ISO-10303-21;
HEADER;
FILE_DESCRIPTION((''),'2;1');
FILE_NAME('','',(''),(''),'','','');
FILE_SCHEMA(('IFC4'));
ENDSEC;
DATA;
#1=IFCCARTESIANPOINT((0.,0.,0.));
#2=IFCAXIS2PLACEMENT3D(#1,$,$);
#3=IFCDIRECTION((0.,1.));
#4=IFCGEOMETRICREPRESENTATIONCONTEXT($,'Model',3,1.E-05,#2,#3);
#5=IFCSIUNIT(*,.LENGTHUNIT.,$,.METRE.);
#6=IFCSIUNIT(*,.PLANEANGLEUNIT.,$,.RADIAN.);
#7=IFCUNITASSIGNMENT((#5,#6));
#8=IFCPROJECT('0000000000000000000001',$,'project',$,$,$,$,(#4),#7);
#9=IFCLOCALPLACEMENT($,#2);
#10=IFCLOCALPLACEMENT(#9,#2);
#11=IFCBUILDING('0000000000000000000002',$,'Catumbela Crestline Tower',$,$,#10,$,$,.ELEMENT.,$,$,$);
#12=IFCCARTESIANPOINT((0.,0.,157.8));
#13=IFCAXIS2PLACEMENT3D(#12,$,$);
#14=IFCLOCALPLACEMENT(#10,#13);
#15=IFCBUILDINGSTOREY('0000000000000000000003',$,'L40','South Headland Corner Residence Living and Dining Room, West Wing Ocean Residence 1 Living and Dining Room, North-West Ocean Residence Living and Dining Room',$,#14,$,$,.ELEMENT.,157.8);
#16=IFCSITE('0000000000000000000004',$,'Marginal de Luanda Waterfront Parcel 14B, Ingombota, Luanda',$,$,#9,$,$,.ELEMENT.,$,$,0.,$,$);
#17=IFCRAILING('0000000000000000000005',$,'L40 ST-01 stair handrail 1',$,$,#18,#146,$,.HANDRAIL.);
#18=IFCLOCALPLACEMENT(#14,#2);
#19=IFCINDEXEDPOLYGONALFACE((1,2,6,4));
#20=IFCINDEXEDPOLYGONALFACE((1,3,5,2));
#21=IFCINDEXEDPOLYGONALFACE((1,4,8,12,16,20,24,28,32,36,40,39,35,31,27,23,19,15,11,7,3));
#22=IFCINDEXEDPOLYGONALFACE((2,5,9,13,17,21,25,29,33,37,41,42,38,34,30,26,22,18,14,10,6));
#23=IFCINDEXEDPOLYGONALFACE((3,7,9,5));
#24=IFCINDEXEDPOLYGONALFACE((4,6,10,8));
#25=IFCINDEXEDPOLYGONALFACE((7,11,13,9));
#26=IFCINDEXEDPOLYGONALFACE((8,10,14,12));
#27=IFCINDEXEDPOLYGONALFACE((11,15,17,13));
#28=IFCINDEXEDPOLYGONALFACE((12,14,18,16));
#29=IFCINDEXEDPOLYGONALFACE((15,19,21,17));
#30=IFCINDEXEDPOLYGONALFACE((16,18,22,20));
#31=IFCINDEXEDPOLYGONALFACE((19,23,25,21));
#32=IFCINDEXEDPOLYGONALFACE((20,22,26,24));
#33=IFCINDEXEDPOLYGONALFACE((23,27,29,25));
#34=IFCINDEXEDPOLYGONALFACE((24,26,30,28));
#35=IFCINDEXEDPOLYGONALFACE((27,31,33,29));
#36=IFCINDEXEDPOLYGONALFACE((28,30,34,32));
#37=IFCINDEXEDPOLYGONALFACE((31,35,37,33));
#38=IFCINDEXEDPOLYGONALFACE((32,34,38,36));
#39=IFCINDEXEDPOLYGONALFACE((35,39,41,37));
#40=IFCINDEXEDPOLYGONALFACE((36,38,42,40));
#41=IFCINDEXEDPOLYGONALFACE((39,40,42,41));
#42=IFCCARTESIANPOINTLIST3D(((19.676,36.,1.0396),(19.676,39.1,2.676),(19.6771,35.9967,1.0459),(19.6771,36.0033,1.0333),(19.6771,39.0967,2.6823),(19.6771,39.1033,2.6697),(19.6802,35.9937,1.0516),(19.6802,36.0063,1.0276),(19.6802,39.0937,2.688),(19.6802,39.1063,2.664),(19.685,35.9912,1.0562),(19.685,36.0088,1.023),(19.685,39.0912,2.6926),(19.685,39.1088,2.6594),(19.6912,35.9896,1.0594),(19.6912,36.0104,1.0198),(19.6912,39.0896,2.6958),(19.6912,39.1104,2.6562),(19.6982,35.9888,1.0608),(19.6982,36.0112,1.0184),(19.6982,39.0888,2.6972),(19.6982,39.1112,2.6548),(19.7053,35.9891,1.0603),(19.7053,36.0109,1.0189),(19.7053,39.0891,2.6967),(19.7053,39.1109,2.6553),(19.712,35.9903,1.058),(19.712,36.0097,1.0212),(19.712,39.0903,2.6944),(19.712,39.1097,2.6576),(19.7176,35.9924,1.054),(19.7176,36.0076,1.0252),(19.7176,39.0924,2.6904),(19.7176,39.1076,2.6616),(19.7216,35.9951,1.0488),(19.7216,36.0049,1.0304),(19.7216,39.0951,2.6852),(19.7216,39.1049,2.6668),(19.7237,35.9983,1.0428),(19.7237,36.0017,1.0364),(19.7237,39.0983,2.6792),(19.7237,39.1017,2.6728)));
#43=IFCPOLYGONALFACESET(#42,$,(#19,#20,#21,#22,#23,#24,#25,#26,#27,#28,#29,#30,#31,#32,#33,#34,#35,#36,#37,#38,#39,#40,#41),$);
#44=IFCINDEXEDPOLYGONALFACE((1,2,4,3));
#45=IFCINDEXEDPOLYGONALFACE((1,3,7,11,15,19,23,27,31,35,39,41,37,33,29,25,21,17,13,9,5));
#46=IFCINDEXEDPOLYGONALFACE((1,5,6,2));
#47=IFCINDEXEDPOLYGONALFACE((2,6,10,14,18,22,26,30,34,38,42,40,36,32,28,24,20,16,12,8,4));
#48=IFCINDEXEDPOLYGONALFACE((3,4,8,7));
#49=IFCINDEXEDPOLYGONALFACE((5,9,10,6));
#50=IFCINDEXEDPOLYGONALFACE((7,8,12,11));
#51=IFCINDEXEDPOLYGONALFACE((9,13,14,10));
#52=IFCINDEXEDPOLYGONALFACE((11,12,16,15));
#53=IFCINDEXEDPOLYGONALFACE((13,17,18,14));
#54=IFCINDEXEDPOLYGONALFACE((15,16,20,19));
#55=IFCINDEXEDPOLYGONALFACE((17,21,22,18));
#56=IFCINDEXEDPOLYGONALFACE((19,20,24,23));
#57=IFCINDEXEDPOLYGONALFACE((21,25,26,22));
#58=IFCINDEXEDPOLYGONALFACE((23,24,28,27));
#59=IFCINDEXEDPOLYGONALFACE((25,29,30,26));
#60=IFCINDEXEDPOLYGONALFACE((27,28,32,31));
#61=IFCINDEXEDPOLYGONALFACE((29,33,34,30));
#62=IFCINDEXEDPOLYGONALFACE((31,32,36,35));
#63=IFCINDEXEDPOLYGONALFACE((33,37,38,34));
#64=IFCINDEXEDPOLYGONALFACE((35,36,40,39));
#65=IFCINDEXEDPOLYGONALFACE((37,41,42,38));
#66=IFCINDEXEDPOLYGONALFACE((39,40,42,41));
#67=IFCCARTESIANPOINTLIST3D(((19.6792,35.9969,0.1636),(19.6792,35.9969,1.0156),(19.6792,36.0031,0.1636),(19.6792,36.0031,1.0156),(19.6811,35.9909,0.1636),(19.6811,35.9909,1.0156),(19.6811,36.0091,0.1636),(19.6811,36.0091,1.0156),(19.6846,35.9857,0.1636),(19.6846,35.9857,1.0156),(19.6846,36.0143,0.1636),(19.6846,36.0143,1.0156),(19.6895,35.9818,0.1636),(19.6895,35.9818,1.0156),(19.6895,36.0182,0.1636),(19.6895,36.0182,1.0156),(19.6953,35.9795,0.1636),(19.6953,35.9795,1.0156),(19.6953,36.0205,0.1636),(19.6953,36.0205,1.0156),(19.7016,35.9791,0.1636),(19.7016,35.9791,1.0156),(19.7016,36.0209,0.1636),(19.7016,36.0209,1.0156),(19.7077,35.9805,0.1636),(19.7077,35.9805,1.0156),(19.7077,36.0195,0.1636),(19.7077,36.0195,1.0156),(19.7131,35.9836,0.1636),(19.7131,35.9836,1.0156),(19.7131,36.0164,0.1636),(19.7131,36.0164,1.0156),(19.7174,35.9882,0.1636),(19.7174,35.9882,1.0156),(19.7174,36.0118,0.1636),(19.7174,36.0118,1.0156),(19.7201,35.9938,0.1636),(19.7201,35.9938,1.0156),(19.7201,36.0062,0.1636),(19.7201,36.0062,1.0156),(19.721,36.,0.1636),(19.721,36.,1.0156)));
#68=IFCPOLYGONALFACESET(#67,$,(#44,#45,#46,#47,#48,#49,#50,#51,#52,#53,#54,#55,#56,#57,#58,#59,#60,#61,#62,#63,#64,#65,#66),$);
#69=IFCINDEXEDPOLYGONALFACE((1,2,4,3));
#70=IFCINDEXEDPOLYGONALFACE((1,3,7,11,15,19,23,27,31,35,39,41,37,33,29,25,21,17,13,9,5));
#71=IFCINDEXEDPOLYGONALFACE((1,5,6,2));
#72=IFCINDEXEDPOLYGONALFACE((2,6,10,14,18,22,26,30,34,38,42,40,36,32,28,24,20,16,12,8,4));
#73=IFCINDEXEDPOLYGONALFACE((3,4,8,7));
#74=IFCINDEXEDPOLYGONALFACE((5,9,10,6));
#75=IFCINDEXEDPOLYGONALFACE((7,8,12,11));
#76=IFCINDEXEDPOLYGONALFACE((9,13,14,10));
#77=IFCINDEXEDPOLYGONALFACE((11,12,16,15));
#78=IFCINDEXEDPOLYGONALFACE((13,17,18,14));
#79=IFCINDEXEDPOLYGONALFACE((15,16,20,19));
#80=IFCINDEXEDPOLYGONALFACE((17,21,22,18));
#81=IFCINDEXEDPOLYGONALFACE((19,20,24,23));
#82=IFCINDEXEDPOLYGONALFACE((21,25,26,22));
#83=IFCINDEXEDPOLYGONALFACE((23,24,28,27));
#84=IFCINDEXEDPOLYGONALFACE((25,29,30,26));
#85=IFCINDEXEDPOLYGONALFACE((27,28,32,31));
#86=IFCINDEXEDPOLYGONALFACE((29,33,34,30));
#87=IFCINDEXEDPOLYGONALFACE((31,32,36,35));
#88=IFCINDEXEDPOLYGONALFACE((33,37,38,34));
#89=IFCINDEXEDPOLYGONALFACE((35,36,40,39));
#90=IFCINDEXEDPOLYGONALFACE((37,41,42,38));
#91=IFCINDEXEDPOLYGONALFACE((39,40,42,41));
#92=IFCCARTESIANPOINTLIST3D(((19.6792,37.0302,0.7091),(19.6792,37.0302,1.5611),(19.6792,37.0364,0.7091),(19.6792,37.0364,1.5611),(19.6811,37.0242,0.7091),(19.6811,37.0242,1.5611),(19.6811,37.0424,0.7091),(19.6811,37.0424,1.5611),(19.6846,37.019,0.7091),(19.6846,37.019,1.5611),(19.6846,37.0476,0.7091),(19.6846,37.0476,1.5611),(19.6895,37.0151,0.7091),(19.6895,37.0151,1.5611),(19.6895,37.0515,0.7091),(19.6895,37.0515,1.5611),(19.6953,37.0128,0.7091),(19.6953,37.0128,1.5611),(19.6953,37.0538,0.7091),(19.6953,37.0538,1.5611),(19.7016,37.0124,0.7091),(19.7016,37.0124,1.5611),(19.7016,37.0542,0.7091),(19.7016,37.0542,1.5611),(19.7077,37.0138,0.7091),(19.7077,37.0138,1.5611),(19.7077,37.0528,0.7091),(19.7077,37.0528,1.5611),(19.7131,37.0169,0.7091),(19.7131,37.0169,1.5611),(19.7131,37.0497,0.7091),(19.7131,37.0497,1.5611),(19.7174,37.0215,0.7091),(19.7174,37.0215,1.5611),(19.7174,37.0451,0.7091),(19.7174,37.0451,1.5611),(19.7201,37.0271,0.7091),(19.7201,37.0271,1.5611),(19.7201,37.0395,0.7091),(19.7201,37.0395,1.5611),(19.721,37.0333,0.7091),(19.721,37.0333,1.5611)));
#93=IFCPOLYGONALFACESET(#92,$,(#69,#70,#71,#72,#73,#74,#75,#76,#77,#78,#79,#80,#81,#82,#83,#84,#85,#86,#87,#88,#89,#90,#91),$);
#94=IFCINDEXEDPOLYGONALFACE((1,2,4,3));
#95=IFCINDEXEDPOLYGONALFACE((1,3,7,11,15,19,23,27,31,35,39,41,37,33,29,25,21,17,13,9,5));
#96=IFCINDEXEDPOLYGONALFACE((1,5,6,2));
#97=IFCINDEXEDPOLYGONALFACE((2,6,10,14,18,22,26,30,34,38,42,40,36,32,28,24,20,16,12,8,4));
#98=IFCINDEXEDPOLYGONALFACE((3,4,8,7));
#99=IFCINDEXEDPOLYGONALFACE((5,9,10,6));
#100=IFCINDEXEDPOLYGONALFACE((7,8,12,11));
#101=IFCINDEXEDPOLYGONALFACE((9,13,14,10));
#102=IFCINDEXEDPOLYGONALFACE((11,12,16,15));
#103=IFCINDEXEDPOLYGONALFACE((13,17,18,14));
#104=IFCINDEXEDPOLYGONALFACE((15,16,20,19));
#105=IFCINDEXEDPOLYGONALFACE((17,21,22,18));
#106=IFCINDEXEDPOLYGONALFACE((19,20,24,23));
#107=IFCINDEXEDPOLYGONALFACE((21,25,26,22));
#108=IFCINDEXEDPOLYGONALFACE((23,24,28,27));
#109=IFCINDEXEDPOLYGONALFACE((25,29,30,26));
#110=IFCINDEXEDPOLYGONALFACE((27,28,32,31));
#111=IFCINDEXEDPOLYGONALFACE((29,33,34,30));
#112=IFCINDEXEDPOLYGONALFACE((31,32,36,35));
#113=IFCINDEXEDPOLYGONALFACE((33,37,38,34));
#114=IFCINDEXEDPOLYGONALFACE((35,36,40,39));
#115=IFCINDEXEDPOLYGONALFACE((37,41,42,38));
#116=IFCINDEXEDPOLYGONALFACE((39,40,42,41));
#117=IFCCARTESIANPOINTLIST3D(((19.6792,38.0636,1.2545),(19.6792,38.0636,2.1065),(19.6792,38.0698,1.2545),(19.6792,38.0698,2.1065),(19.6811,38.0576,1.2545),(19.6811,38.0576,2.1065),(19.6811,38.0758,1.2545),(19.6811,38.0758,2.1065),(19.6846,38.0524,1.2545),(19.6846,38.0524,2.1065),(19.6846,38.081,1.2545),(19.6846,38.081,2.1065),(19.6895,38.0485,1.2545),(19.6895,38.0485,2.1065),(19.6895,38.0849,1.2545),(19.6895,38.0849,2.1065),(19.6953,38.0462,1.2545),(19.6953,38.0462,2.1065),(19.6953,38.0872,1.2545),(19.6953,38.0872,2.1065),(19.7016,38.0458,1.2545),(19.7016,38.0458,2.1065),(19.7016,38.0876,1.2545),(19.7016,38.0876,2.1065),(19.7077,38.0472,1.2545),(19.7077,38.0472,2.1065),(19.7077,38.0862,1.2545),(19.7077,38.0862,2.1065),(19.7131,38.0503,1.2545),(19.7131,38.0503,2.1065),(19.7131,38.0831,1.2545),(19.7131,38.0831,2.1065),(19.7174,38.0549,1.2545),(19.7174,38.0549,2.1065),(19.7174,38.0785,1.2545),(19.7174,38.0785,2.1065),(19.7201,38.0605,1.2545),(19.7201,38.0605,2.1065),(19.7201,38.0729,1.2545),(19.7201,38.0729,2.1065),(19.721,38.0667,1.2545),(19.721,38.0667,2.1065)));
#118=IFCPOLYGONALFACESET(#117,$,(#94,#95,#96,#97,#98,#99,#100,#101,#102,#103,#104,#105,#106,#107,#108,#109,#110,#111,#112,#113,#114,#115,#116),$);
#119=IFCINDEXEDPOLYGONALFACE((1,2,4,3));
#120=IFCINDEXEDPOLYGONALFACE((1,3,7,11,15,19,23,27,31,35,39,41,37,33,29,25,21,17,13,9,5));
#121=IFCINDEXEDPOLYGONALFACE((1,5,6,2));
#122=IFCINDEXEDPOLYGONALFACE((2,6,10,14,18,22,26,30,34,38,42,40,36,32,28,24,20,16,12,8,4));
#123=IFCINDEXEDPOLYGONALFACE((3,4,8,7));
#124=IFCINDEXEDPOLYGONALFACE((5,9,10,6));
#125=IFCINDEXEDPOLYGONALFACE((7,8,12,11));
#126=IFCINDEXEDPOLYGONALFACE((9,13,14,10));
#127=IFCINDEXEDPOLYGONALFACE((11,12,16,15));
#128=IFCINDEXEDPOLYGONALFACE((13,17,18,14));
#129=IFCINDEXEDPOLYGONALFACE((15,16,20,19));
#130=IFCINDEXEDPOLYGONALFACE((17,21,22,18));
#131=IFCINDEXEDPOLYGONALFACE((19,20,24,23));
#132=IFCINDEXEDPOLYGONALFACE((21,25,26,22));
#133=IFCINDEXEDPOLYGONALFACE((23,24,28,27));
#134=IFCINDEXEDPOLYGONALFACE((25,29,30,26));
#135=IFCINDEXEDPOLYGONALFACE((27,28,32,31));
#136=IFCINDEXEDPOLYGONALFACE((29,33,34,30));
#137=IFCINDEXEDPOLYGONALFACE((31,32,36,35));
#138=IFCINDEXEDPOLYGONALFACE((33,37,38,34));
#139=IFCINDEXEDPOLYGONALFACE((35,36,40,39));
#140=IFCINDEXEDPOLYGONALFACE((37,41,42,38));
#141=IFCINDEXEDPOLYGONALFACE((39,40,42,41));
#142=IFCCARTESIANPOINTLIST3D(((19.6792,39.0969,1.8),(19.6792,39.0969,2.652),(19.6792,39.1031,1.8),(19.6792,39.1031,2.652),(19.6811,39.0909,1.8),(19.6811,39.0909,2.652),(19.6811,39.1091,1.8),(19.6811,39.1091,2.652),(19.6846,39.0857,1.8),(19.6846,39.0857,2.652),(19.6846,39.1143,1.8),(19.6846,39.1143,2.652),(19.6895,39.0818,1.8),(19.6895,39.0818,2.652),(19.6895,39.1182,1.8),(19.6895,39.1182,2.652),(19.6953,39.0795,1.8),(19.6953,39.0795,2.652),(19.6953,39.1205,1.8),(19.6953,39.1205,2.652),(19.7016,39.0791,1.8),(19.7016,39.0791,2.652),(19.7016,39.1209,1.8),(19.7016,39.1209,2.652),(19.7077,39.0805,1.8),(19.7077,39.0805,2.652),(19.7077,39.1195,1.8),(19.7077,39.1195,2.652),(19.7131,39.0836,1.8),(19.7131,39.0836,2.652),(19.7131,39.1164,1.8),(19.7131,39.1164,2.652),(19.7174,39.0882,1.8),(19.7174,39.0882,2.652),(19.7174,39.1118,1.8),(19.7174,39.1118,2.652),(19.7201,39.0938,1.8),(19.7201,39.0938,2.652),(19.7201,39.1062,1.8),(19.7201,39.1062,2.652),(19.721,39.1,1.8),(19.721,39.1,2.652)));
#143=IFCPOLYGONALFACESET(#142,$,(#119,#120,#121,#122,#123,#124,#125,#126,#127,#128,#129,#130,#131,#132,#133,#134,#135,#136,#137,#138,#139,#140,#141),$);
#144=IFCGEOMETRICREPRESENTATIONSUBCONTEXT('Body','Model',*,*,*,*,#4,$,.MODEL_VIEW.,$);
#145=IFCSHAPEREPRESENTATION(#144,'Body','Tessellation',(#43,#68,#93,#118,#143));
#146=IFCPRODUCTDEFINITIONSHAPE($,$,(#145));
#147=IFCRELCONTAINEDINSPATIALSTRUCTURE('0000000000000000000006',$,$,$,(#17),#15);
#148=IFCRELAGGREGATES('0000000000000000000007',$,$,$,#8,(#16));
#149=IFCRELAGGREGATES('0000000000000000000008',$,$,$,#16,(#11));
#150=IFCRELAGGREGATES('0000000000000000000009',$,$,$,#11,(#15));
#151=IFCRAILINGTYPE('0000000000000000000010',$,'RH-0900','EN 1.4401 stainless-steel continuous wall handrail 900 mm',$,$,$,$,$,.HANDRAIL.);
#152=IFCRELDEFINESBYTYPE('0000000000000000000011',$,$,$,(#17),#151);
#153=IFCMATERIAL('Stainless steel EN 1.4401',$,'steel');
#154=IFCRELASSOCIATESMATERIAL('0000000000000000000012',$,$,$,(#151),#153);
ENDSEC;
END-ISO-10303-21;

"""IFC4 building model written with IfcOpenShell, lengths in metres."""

from ifc_helpers import new_model, si_unit, direction, frame, origin, origin_2d, place, context, subcontext, project, spatial, circle, extrude, material, type_object, element, save


model = new_model("IFC4")

# Units and contexts
model_context = context("Model", 3, precision=1e-05, world=origin(), true_north=direction((0.0, 1.0)))
body_context = subcontext(model_context, "Body", "Model", "MODEL_VIEW")
ifc_project = project(units=[si_unit("LENGTHUNIT", "METRE"), si_unit("PLANEANGLEUNIT", "RADIAN")], contexts=[model_context])

# Site, building, storey
site_placement = place(None, origin())
site = spatial("IfcSite", under=ifc_project, at=site_placement, Name="Marginal de Luanda Waterfront Parcel 14B, Ingombota, Luanda", CompositionType="ELEMENT", RefElevation=0.0)
building_placement = place(site_placement, origin())
building = spatial("IfcBuilding", under=site, at=building_placement, Name="Catumbela Crestline Tower", CompositionType="ELEMENT")
storey_placement = place(building_placement, frame((0.0, 0.0, 157.8)))
storey = spatial("IfcBuildingStorey", under=building, at=storey_placement, Name="L40", Description="South Headland Corner Residence Living and Dining Room, West Wing Ocean Residence 1 Living and Dining Room, North-West Ocean Residence Living and Dining Room", CompositionType="ELEMENT", Elevation=157.8)

# Shared definitions
ifc_material_1 = material(Name="Stainless steel EN 1.4401", Category="steel")

# Railing
railing_type_1 = type_object("IfcRailingType", Name="RH-0900", Description="EN 1.4401 stainless-steel continuous wall handrail 900 mm", PredefinedType="HANDRAIL", material=ifc_material_1)
railing_1_placement = place(storey_placement, frame((19.7, 36.0, 0.1636)))
element("IfcRailing", 1, at=railing_1_placement, inside=storey, type_object=railing_type_1, Name="L40 ST-01 stair handrail 1", PredefinedType="HANDRAIL", context=body_context, shape_type="SweptSolid", body=[
    extrude(circle(Radius=0.024, at=origin_2d()), frame((0.0, 0.0, 0.876), z_axis=(0.0, 0.884351, 0.466823), x_axis=(-1.0, 0.0, 0.0)), (0.0, 0.0, 1.0), 3.5054),
    extrude(circle(Radius=0.021, at=origin_2d()), origin(), (0.0, 0.0, 1.0), 0.852),
    extrude(circle(Radius=0.021, at=origin_2d()), frame((0.0, 1.0333, 0.5455)), (0.0, 0.0, 1.0), 0.852),
    extrude(circle(Radius=0.021, at=origin_2d()), frame((0.0, 2.0667, 1.0909)), (0.0, 0.0, 1.0), 0.852),
    extrude(circle(Radius=0.021, at=origin_2d()), frame((0.0, 3.1, 1.6364)), (0.0, 0.0, 1.0), 0.852),
])

save(model, "model.ifc")
